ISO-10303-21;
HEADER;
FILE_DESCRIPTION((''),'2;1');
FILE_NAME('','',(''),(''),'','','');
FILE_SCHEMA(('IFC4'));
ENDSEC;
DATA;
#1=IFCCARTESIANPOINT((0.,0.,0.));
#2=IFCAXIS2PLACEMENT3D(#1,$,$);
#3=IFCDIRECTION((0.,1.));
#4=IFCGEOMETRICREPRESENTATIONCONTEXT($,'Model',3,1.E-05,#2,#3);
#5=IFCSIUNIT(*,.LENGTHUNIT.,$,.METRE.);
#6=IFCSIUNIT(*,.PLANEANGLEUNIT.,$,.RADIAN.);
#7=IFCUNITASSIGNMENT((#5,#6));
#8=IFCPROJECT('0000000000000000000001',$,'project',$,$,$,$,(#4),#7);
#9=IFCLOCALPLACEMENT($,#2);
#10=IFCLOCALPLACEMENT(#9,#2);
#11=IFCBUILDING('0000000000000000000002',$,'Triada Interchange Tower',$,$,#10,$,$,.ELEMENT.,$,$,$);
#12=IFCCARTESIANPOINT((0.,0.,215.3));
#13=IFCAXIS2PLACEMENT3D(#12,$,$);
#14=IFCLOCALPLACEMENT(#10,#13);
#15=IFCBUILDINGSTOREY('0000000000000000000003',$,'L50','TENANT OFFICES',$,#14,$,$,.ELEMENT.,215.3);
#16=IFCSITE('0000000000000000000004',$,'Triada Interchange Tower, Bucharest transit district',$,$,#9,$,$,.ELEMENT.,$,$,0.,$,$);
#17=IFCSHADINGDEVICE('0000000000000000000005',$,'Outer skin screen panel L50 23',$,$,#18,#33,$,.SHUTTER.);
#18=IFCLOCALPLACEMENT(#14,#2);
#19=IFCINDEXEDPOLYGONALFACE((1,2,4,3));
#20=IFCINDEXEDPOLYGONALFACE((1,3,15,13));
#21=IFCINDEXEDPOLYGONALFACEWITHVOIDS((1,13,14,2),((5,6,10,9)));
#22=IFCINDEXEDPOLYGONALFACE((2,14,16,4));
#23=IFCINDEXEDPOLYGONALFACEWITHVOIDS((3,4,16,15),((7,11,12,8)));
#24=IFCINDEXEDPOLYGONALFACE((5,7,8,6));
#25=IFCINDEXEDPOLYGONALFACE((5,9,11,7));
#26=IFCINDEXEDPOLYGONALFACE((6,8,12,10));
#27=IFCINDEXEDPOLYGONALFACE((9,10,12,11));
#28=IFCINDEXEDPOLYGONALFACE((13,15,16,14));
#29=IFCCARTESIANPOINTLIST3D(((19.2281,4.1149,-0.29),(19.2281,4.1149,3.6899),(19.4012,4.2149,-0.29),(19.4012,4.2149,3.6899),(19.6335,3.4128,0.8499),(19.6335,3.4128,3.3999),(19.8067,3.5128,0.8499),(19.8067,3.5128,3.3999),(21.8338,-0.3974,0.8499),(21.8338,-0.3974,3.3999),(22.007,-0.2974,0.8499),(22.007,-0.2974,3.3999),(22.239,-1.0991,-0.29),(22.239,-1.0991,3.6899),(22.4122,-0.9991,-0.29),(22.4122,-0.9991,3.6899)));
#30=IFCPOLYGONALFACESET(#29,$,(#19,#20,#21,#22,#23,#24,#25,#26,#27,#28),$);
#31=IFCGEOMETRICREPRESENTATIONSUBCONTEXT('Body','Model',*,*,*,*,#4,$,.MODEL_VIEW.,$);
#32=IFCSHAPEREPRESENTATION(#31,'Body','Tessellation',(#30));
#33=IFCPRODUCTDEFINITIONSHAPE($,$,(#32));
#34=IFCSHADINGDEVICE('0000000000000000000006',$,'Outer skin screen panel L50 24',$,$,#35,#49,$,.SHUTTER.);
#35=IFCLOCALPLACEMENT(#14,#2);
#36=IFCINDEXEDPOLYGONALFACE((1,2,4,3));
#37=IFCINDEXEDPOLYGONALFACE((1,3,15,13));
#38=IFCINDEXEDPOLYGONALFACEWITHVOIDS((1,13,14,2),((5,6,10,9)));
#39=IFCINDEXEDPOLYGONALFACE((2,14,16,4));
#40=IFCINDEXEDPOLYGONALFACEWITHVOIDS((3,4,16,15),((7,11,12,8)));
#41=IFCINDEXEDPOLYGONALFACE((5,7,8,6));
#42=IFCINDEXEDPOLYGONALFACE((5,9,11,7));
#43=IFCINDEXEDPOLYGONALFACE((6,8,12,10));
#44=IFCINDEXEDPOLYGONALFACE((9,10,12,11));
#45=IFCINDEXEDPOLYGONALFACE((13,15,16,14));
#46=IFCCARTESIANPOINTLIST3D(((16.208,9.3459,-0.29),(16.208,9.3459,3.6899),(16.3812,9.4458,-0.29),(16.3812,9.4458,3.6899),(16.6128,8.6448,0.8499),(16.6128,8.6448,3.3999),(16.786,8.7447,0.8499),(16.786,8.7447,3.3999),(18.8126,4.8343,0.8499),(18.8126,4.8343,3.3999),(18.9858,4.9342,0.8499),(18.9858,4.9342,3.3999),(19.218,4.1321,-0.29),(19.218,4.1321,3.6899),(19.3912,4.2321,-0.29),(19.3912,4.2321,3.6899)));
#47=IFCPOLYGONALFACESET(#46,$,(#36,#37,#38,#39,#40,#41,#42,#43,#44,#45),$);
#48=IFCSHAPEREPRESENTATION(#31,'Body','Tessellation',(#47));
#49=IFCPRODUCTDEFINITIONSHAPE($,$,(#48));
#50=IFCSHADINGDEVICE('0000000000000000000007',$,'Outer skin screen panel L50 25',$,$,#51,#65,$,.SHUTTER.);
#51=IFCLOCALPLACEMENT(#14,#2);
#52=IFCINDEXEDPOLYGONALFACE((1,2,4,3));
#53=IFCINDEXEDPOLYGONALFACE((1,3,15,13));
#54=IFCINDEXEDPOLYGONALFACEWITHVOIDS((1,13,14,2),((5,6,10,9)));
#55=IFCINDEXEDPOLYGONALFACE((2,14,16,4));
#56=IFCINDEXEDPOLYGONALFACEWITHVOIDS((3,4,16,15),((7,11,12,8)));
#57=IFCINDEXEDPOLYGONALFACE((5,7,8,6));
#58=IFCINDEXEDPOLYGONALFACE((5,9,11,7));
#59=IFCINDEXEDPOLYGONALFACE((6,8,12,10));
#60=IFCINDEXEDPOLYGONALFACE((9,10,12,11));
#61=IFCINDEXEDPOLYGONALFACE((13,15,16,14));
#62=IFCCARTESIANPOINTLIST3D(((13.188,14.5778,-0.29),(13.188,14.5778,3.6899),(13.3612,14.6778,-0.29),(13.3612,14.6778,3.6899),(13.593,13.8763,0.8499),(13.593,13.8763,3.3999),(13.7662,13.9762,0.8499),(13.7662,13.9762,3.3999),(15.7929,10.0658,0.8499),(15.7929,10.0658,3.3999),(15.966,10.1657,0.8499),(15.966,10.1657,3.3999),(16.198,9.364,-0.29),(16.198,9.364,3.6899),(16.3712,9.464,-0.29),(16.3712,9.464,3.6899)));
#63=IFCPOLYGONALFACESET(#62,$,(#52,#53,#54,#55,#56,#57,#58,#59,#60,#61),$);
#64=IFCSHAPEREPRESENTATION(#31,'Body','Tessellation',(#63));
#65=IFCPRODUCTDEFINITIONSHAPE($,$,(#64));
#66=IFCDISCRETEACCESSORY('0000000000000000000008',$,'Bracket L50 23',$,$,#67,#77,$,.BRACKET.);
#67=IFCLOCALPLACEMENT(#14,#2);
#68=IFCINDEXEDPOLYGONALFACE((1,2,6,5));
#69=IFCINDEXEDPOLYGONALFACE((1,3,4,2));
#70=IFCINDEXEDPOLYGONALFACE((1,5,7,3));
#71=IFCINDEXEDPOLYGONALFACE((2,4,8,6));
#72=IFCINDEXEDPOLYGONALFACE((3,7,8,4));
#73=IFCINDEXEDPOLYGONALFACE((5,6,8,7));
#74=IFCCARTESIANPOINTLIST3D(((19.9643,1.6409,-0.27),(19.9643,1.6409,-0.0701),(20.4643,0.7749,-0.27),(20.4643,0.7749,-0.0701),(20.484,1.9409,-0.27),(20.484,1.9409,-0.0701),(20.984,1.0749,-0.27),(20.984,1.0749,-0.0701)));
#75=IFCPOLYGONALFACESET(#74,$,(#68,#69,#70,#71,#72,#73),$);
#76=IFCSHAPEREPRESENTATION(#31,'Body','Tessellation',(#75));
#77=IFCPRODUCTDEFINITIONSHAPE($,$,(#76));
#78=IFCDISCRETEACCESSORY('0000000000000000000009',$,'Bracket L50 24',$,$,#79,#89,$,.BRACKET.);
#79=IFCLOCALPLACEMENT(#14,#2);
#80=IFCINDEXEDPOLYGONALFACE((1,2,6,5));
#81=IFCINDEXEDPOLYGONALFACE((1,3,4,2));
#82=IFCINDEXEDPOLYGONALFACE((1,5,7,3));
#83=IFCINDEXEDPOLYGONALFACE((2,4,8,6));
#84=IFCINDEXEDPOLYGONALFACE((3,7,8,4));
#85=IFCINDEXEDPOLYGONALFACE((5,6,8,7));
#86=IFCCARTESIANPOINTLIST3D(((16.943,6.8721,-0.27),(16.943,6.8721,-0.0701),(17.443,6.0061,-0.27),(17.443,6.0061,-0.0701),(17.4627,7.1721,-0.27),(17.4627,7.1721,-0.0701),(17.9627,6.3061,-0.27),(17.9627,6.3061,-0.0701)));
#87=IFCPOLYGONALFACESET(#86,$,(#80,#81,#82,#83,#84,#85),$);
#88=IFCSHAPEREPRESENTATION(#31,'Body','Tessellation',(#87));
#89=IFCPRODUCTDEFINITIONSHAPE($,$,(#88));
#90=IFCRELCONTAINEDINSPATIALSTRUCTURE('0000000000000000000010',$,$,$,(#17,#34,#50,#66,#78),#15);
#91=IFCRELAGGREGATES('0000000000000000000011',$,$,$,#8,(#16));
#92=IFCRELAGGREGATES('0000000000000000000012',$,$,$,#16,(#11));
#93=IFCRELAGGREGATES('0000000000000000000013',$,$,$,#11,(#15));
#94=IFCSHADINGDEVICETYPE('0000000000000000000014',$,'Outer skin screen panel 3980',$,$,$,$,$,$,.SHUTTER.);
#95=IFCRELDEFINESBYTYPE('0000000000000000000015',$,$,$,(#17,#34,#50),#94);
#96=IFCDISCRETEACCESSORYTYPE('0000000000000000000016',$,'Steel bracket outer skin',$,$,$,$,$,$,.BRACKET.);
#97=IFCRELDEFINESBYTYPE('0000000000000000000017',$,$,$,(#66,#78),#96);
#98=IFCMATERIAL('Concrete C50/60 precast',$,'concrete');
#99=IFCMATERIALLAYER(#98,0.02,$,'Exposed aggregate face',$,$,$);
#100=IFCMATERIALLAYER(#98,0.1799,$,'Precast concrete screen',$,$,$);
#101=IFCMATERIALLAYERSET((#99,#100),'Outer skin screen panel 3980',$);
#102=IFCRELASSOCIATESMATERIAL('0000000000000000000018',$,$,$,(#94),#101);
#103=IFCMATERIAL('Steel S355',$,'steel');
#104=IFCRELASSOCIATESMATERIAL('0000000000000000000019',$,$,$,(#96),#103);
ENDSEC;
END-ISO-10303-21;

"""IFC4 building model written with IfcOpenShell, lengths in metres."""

from ifc_helpers import new_model, si_unit, direction, frame, origin, origin_2d, place, context, subcontext, project, spatial, polyline, rectangle, outline, extrude, material, layer, layer_set, type_object, element, save


model = new_model("IFC4")

# Units and contexts
model_context = context("Model", 3, precision=1e-05, world=origin(), true_north=direction((0.0, 1.0)))
body_context = subcontext(model_context, "Body", "Model", "MODEL_VIEW")
ifc_project = project(units=[si_unit("LENGTHUNIT", "METRE"), si_unit("PLANEANGLEUNIT", "RADIAN")], contexts=[model_context])

# Site, building, storey
site_placement = place(None, origin())
site = spatial("IfcSite", under=ifc_project, at=site_placement, Name="Triada Interchange Tower, Bucharest transit district", CompositionType="ELEMENT", RefElevation=0.0)
building_placement = place(site_placement, origin())
building = spatial("IfcBuilding", under=site, at=building_placement, Name="Triada Interchange Tower", CompositionType="ELEMENT")
storey_placement = place(building_placement, frame((0.0, 0.0, 215.3)))
storey = spatial("IfcBuildingStorey", under=building, at=storey_placement, Name="L50", Description="TENANT OFFICES", CompositionType="ELEMENT", Elevation=215.3)

# Shading devices
ifc_material_1 = material(Name="Concrete C50/60 precast", Category="concrete")
ifc_layer_1 = layer(ifc_material_1, 0.02, Name="Exposed aggregate face")
ifc_layer_2 = layer(ifc_material_1, 0.1799, Name="Precast concrete screen")
ifc_layer_set_1 = layer_set([ifc_layer_1, ifc_layer_2], Name="Outer skin screen panel 3980")
shading_device_type = type_object("IfcShadingDeviceType", Name="Outer skin screen panel 3980", PredefinedType="SHUTTER", material=ifc_layer_set_1)
shading_device_1_placement = place(storey_placement, frame((22.239, -1.0991, -0.29), z_axis=(0.0, 0.0, 1.0), x_axis=(-0.500077, 0.865981, 0.0)))
element("IfcShadingDevice", 1, at=shading_device_1_placement, inside=storey, type_object=shading_device_type, Name="Outer skin screen panel L50 23", PredefinedType="SHUTTER", context=body_context, shape_type="SweptSolid", body=[
    extrude(outline(polyline([(0.0, 0.0), (6.021, 0.0), (6.021, 3.98), (0.0, 3.98), (0.0, 0.0)]), holes=[polyline([(0.8103, 1.1399), (0.8103, 3.6899), (5.2102, 3.6899), (5.2102, 1.1399), (0.8103, 1.1399)])]), frame((0.0, 0.0, 0.0), z_axis=(0.0, -1.0, 0.0), x_axis=(1.0, 0.0, 0.0)), (0.0, 0.0, 1.0), 0.2),
])
shading_device_2_placement = place(storey_placement, frame((19.218, 4.1321, -0.29), z_axis=(0.0, 0.0, 1.0), x_axis=(-0.499973, 0.866041, 0.0)))
element("IfcShadingDevice", 2, at=shading_device_2_placement, inside=storey, type_object=shading_device_type, Name="Outer skin screen panel L50 24", PredefinedType="SHUTTER", context=body_context, shape_type="SweptSolid", body=[
    extrude(outline(polyline([(0.0, 0.0), (6.0203, 0.0), (6.0203, 3.98), (0.0, 3.98), (0.0, 0.0)]), holes=[polyline([(0.8108, 1.1399), (0.8108, 3.6899), (5.2107, 3.6899), (5.2107, 1.1399), (0.8108, 1.1399)])]), frame((0.0, 0.0, 0.0), z_axis=(0.0, -1.0, 0.0), x_axis=(1.0, 0.0, 0.0)), (0.0, 0.0, 1.0), 0.2),
])
shading_device_3_placement = place(storey_placement, frame((16.198, 9.364, -0.29), z_axis=(0.0, 0.0, 1.0), x_axis=(-0.499973, 0.866041, 0.0)))
element("IfcShadingDevice", 3, at=shading_device_3_placement, inside=storey, type_object=shading_device_type, Name="Outer skin screen panel L50 25", PredefinedType="SHUTTER", context=body_context, shape_type="SweptSolid", body=[
    extrude(outline(polyline([(0.0, 0.0), (6.0203, 0.0), (6.0203, 3.98), (0.0, 3.98), (0.0, 0.0)]), holes=[polyline([(0.8103, 1.1399), (0.8103, 3.6899), (5.2102, 3.6899), (5.2102, 1.1399), (0.8103, 1.1399)])]), frame((0.0, 0.0, 0.0), z_axis=(0.0, -1.0, 0.0), x_axis=(1.0, 0.0, 0.0)), (0.0, 0.0, 1.0), 0.2),
])

# Discrete accessories
ifc_material_2 = material(Name="Steel S355", Category="steel")
discrete_accessory_type = type_object("IfcDiscreteAccessoryType", Name="Steel bracket outer skin", PredefinedType="BRACKET", material=ifc_material_2)
for number, where, z_axis, x_axis, name in (
    (4, (20.4741, 1.3579, -0.27), (0.0, 0.0, 1.0), (0.866025, 0.500001, 0.0), "Bracket L50 23"),
    (5, (17.4529, 6.5891, -0.27), (0.0, 0.0, 1.0), (0.866025, 0.500001, 0.0), "Bracket L50 24"),
):
    element("IfcDiscreteAccessory", number, at=place(storey_placement, frame(where, z_axis=z_axis, x_axis=x_axis)), inside=storey, type_object=discrete_accessory_type, Name=name, PredefinedType="BRACKET", context=body_context, shape_type="SweptSolid", body=[
        extrude(rectangle(XDim=0.6001, YDim=1.0, at=origin_2d()), origin(), (0.0, 0.0, 1.0), 0.2),
    ])

save(model, "model.ifc")
